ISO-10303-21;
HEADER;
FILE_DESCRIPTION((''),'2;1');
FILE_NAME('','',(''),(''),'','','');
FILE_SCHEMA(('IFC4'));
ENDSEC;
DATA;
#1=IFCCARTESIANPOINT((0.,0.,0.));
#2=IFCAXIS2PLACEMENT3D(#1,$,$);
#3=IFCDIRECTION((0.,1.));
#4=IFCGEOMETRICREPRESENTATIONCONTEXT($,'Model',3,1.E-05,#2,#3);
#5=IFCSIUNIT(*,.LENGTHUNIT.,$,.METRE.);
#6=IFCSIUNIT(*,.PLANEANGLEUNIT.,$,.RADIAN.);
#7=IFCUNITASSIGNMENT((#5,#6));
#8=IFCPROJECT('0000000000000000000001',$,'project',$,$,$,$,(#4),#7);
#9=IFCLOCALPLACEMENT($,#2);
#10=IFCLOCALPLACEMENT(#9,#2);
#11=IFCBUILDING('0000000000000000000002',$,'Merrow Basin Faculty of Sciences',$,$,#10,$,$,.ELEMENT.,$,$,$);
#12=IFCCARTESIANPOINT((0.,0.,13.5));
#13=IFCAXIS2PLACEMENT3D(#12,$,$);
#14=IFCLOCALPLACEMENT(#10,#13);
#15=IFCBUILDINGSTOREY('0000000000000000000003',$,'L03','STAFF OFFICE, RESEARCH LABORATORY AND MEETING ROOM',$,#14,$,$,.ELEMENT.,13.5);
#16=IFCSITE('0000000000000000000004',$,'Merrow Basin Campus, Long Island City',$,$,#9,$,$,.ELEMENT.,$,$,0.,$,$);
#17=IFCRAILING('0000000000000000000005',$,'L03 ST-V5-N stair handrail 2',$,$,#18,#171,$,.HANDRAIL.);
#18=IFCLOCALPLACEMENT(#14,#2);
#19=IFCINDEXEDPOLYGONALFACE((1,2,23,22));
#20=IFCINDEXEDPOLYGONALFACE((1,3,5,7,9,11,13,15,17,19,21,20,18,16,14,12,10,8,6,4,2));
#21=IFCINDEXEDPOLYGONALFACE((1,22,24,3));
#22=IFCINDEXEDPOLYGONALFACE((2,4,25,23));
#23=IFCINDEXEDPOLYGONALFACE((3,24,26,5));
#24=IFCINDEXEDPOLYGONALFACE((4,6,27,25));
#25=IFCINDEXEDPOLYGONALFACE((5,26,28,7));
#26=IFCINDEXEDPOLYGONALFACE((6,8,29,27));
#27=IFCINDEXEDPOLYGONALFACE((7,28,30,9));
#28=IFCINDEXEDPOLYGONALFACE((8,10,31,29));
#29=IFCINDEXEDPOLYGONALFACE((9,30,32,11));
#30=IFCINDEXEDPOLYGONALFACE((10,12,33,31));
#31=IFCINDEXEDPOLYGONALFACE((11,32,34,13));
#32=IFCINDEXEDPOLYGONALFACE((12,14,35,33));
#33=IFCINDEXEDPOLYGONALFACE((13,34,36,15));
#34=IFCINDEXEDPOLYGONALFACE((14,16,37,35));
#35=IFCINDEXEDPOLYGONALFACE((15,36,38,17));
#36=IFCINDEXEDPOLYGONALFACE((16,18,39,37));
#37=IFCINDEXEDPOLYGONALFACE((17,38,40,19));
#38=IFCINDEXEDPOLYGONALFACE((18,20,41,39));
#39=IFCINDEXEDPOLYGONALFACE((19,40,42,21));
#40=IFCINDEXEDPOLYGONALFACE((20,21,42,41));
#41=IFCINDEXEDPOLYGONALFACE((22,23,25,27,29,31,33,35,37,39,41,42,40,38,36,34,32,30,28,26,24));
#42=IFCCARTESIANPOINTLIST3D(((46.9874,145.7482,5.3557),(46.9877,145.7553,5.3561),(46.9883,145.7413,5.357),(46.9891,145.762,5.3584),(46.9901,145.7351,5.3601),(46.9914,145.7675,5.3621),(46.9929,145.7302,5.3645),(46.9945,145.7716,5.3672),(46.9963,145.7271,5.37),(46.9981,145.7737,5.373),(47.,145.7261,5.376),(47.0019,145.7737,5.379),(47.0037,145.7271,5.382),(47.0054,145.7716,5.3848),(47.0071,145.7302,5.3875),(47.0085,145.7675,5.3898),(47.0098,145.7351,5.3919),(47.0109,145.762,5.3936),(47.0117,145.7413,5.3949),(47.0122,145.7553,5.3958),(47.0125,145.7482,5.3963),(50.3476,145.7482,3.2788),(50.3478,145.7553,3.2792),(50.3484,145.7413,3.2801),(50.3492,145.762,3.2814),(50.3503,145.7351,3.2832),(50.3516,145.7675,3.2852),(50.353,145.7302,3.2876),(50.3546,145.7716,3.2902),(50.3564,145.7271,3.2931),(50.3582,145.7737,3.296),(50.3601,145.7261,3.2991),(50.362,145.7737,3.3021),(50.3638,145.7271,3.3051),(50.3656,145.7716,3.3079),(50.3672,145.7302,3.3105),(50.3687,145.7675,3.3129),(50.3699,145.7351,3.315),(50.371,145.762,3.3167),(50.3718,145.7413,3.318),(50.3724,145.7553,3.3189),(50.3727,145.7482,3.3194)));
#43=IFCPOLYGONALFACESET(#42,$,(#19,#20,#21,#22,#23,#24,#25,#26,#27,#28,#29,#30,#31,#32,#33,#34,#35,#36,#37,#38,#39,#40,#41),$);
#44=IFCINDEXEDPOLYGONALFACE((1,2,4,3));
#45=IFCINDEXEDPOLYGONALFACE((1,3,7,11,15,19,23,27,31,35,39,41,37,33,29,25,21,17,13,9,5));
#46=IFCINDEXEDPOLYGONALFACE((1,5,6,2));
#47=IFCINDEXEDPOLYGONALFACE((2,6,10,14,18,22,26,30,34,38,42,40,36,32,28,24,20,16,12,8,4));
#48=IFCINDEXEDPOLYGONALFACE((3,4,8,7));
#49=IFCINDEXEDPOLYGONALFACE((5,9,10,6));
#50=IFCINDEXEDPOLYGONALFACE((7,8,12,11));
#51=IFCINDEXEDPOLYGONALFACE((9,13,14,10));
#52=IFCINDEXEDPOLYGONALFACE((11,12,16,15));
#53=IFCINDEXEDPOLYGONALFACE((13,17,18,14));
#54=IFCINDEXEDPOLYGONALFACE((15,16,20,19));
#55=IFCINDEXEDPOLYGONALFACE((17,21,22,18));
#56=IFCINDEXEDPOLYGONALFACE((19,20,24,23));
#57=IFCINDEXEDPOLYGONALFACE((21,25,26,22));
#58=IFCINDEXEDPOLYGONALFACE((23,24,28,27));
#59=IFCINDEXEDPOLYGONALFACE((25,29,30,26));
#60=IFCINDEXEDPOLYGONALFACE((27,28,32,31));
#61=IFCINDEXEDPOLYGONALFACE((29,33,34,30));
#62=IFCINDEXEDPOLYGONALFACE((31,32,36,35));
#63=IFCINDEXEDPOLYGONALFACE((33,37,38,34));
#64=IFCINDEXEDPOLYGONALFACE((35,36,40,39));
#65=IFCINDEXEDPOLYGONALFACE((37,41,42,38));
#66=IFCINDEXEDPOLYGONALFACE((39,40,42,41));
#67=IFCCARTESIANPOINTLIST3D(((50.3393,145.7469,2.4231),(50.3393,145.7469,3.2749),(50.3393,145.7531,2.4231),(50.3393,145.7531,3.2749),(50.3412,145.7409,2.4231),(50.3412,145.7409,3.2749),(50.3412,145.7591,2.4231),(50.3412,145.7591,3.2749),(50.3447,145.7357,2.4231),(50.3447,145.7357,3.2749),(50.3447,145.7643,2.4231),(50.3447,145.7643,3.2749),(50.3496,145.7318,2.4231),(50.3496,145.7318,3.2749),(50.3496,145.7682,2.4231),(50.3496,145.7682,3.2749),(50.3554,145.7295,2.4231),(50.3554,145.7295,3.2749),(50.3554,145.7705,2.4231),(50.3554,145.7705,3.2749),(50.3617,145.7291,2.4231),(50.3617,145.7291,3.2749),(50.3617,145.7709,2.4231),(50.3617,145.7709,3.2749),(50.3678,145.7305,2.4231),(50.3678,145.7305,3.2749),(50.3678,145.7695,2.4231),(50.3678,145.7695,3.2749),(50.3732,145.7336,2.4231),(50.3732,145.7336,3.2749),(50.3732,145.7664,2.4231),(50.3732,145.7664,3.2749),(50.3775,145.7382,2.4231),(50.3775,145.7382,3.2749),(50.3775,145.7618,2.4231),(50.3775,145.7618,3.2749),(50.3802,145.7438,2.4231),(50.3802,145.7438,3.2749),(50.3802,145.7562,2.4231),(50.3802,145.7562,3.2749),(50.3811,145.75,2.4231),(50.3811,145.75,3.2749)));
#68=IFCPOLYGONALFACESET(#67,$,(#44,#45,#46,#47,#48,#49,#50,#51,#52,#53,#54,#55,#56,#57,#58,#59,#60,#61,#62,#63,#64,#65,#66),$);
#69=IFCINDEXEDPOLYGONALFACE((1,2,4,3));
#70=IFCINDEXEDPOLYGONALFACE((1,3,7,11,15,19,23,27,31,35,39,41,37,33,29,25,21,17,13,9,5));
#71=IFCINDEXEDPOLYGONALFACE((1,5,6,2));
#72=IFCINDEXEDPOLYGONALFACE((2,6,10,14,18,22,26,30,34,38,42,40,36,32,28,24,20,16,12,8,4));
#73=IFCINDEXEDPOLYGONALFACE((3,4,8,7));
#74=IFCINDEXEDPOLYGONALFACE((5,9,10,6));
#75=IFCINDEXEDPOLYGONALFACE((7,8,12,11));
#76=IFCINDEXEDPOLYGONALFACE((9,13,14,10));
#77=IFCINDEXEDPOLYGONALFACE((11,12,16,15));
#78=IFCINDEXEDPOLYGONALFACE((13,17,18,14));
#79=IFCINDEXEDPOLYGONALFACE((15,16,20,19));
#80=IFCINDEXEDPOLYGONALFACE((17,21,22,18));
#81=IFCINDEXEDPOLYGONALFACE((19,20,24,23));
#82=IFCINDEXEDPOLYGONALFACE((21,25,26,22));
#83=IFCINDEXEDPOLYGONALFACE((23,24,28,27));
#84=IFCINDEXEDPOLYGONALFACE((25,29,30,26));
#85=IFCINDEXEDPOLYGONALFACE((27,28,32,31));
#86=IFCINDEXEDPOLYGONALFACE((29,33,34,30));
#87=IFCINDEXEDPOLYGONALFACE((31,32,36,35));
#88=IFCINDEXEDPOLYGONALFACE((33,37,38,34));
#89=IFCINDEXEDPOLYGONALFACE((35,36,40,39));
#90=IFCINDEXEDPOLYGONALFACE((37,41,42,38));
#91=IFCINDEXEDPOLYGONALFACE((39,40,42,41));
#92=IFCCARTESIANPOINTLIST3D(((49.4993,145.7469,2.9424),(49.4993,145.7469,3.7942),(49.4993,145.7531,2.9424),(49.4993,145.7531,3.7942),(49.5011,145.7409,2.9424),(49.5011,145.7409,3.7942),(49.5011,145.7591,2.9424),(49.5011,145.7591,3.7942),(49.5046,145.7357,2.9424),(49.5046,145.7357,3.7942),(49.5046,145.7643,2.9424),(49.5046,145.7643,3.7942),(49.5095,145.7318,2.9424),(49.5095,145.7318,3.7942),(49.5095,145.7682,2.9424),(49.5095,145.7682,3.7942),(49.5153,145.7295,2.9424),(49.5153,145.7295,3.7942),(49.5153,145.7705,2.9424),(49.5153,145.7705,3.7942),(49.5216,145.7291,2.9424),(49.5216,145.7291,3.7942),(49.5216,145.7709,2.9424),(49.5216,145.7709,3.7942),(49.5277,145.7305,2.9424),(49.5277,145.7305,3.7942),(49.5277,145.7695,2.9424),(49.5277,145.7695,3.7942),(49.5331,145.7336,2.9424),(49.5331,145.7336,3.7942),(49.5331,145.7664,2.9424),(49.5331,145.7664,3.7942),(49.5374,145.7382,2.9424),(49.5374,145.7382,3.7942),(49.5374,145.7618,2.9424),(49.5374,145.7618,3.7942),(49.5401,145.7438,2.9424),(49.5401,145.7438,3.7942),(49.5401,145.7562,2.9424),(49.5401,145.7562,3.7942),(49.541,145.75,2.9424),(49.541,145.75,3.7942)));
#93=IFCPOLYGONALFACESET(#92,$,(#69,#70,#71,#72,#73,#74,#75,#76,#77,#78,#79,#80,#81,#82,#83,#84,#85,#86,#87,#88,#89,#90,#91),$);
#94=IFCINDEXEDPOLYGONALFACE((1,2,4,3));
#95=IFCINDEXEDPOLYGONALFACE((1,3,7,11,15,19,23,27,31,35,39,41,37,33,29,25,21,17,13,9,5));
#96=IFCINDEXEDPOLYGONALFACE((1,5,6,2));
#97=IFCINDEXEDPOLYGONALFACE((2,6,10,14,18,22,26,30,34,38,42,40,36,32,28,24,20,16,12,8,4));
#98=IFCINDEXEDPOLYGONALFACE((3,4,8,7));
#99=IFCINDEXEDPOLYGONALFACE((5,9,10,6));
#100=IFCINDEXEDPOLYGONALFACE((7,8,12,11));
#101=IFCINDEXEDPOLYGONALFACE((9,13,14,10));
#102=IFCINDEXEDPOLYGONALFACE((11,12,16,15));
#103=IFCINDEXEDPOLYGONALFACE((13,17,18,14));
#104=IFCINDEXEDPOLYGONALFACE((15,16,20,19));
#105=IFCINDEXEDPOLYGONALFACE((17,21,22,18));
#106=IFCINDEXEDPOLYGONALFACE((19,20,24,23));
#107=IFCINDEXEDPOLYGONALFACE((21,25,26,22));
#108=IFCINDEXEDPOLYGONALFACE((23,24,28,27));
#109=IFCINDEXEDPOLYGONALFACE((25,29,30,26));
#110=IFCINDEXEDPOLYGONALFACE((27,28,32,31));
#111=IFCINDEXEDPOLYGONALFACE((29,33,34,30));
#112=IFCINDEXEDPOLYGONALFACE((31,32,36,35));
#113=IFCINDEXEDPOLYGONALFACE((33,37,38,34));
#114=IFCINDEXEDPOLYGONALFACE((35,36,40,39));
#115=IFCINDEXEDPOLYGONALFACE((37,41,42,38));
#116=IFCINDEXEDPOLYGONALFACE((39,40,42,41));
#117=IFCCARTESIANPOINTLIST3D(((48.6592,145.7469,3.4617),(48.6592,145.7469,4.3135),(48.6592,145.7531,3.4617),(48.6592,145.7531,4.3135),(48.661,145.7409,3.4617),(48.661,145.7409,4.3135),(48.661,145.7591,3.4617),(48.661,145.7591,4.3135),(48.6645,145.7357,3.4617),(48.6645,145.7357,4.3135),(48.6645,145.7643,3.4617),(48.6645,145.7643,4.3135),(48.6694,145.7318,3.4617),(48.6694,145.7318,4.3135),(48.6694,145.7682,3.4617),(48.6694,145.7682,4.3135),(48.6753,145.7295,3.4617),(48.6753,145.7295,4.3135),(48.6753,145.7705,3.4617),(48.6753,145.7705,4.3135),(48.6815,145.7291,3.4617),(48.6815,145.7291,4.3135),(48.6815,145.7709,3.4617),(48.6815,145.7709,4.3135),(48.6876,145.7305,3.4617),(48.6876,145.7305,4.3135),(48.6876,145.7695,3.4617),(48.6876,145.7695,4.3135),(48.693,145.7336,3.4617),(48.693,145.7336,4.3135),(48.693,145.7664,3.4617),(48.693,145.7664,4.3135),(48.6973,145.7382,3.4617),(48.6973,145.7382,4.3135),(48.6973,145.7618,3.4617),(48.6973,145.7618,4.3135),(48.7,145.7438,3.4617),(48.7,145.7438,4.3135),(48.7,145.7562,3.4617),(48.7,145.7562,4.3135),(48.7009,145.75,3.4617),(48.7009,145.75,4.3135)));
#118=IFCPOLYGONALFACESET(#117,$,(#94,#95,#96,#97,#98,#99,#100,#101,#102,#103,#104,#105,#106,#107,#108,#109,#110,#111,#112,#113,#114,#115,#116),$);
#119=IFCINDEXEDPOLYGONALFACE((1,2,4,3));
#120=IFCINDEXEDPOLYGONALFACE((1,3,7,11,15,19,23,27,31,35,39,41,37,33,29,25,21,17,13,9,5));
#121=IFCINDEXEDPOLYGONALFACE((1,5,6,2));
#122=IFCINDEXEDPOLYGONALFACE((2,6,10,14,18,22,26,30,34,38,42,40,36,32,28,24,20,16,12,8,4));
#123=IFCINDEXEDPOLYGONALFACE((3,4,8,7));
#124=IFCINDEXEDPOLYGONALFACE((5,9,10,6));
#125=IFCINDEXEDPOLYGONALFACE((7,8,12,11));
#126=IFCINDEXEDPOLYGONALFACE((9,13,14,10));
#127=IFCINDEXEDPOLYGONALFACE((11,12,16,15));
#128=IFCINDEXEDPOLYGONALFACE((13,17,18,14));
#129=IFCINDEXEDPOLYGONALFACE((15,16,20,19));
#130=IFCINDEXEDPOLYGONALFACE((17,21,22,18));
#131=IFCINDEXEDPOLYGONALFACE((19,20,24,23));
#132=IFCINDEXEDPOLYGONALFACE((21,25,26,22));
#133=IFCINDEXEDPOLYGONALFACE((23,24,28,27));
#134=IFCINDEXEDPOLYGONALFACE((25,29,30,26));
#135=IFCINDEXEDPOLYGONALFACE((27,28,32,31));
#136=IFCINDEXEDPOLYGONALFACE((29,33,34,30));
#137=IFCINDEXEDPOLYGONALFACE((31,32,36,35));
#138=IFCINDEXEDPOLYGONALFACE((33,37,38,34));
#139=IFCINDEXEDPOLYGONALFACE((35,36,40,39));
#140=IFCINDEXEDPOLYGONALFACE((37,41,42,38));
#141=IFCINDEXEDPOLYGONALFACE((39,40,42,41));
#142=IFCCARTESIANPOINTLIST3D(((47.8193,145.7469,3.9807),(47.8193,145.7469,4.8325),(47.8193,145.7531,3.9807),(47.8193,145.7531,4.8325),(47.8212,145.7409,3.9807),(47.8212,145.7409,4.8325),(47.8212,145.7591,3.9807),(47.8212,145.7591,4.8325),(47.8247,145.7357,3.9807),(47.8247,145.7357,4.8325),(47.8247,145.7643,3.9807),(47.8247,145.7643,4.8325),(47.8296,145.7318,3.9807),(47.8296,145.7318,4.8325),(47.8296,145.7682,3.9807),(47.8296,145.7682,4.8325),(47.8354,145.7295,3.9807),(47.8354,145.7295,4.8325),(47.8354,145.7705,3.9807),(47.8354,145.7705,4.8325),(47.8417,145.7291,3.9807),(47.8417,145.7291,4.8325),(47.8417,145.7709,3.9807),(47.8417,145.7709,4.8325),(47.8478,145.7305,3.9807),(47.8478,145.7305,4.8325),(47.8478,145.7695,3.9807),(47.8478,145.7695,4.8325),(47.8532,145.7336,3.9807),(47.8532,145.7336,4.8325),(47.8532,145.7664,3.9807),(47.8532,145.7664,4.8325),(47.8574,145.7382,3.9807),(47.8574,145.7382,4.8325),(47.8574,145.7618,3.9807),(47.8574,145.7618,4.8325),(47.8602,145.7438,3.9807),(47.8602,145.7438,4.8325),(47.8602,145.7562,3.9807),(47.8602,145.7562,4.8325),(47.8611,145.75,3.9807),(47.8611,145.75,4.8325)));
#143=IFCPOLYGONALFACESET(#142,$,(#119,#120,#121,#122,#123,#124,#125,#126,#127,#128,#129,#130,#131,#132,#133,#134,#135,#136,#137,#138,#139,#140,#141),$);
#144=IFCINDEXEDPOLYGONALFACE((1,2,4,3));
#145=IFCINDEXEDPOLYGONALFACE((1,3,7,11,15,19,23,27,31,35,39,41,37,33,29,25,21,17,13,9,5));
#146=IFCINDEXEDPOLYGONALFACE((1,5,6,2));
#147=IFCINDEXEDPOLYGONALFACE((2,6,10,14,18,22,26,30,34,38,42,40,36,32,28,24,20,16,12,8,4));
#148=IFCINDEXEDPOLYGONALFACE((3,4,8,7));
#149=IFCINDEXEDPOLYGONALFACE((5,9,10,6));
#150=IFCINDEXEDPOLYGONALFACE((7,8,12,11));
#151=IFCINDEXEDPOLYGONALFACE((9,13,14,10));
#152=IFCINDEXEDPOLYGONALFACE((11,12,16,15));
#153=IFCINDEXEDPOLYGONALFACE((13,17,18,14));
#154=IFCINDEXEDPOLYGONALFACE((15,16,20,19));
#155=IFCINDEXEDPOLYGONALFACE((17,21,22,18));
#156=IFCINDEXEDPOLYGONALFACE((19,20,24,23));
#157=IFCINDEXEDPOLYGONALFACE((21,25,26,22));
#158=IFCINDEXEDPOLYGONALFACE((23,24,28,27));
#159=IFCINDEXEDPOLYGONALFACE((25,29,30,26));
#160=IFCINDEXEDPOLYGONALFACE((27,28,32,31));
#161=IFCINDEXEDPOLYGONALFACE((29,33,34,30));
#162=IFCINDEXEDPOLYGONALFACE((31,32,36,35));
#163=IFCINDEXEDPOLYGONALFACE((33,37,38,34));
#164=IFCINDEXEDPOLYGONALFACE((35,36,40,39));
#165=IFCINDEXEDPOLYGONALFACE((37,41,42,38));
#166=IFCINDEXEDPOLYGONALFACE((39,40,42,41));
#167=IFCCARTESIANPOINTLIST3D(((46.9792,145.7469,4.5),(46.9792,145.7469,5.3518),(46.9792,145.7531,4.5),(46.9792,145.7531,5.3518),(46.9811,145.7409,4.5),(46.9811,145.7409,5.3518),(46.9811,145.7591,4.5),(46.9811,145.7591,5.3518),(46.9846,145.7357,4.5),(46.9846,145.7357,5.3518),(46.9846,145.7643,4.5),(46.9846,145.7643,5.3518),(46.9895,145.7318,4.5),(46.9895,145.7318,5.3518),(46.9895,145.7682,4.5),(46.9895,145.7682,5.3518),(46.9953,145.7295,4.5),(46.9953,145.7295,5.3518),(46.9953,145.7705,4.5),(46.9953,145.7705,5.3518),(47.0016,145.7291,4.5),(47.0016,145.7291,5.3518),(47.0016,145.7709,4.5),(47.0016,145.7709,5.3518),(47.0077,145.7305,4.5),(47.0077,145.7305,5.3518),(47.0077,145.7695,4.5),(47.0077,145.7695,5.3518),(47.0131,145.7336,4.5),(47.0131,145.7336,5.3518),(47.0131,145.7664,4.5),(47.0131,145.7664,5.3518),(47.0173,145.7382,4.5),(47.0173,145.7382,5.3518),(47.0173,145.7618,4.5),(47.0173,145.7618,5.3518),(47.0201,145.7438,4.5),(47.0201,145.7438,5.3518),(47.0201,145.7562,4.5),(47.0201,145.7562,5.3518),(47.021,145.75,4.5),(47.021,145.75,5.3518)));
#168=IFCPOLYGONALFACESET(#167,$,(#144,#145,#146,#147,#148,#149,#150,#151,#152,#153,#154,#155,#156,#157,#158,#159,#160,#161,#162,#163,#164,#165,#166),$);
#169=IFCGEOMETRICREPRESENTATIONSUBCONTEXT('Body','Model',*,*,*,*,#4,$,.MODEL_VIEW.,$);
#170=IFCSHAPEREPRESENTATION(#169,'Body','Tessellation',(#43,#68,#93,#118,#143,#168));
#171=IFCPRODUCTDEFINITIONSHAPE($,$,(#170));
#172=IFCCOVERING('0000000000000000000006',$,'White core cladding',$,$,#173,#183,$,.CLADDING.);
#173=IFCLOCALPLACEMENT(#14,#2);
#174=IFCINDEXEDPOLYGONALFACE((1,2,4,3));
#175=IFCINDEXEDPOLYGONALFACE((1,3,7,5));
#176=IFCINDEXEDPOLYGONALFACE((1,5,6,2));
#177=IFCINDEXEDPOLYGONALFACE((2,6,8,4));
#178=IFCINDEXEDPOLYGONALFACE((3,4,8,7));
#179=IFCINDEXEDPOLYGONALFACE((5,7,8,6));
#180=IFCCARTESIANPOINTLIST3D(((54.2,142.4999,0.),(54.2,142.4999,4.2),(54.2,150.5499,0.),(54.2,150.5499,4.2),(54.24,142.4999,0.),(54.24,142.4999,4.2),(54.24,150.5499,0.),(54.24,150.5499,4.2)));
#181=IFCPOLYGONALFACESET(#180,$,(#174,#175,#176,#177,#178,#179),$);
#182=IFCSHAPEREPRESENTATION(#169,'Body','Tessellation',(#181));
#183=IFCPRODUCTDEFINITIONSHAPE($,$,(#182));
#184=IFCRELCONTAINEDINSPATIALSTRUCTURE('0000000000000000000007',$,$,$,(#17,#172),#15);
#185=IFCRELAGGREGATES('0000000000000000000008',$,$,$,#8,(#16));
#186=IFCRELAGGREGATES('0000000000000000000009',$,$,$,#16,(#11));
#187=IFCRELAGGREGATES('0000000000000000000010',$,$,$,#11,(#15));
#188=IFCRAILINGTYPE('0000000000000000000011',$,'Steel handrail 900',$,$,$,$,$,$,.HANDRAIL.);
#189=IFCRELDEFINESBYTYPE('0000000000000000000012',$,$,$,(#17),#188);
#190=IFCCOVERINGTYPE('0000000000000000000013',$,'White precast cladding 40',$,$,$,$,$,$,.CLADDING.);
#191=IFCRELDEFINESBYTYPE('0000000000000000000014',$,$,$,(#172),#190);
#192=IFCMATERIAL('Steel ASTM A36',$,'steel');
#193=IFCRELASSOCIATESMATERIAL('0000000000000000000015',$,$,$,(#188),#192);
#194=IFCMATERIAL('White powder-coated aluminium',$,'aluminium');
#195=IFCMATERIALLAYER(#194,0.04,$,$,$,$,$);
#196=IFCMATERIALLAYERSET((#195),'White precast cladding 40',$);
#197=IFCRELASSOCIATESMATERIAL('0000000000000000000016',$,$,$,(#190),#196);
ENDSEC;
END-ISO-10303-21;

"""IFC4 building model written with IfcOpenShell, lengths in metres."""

from ifc_helpers import new_model, si_unit, direction, frame, origin, origin_2d, place, context, subcontext, project, spatial, rectangle, circle, extrude, material, layer, layer_set, type_object, element, save


model = new_model("IFC4")

# Units and contexts
model_context = context("Model", 3, precision=1e-05, world=origin(), true_north=direction((0.0, 1.0)))
body_context = subcontext(model_context, "Body", "Model", "MODEL_VIEW")
ifc_project = project(units=[si_unit("LENGTHUNIT", "METRE"), si_unit("PLANEANGLEUNIT", "RADIAN")], contexts=[model_context])

# Site, building, storey
site_placement = place(None, origin())
site = spatial("IfcSite", under=ifc_project, at=site_placement, Name="Merrow Basin Campus, Long Island City", CompositionType="ELEMENT", RefElevation=0.0)
building_placement = place(site_placement, origin())
building = spatial("IfcBuilding", under=site, at=building_placement, Name="Merrow Basin Faculty of Sciences", CompositionType="ELEMENT")
storey_placement = place(building_placement, frame((0.0, 0.0, 13.5)))
storey = spatial("IfcBuildingStorey", under=building, at=storey_placement, Name="L03", Description="STAFF OFFICE, RESEARCH LABORATORY AND MEETING ROOM", CompositionType="ELEMENT", Elevation=13.5)

# Railing
ifc_material_1 = material(Name="Steel ASTM A36", Category="steel")
railing_type_1 = type_object("IfcRailingType", Name="Steel handrail 900", PredefinedType="HANDRAIL", material=ifc_material_1)
railing_1_placement = place(storey_placement, frame((50.3601, 145.75, 2.4231)))
element("IfcRailing", 1, at=railing_1_placement, inside=storey, type_object=railing_type_1, Name="L03 ST-V5-N stair handrail 2", PredefinedType="HANDRAIL", context=body_context, shape_type="SweptSolid", body=[
    extrude(circle(Radius=0.0239, at=origin_2d()), frame((0.0, 0.0, 0.876), z_axis=(-0.850623, 0.0, 0.525776), x_axis=(0.0, -1.0, 0.0)), (0.0, 0.0, 1.0), 3.9502),
    extrude(circle(Radius=0.021, at=origin_2d()), origin(), (0.0, 0.0, 1.0), 0.8518),
    extrude(circle(Radius=0.021, at=origin_2d()), frame((-0.8401, 0.0, 0.5193)), (0.0, 0.0, 1.0), 0.8518),
    extrude(circle(Radius=0.021, at=origin_2d()), frame((-1.6802, 0.0, 1.0386)), (0.0, 0.0, 1.0), 0.8518),
    extrude(circle(Radius=0.021, at=origin_2d()), frame((-2.52, 0.0, 1.5576)), (0.0, 0.0, 1.0), 0.8518),
    extrude(circle(Radius=0.021, at=origin_2d()), frame((-3.3601, 0.0, 2.0769)), (0.0, 0.0, 1.0), 0.8518),
])

# Covering
ifc_material_2 = material(Name="White powder-coated aluminium", Category="aluminium")
ifc_layer_1 = layer(ifc_material_2, 0.04)
ifc_layer_set_1 = layer_set([ifc_layer_1], Name="White precast cladding 40")
covering_type = type_object("IfcCoveringType", Name="White precast cladding 40", PredefinedType="CLADDING", material=ifc_layer_set_1)
covering_placement = place(storey_placement, frame((54.22, 146.5249, 0.0), z_axis=(0.0, 0.0, 1.0), x_axis=(1.0, 0.0, 0.0)))
element("IfcCovering", 2, at=covering_placement, inside=storey, type_object=covering_type, Name="White core cladding", PredefinedType="CLADDING", context=body_context, shape_type="SweptSolid", body=[
    extrude(rectangle(XDim=0.04, YDim=8.05, at=origin_2d()), origin(), (0.0, 0.0, 1.0), 4.2),
])

save(model, "model.ifc")
